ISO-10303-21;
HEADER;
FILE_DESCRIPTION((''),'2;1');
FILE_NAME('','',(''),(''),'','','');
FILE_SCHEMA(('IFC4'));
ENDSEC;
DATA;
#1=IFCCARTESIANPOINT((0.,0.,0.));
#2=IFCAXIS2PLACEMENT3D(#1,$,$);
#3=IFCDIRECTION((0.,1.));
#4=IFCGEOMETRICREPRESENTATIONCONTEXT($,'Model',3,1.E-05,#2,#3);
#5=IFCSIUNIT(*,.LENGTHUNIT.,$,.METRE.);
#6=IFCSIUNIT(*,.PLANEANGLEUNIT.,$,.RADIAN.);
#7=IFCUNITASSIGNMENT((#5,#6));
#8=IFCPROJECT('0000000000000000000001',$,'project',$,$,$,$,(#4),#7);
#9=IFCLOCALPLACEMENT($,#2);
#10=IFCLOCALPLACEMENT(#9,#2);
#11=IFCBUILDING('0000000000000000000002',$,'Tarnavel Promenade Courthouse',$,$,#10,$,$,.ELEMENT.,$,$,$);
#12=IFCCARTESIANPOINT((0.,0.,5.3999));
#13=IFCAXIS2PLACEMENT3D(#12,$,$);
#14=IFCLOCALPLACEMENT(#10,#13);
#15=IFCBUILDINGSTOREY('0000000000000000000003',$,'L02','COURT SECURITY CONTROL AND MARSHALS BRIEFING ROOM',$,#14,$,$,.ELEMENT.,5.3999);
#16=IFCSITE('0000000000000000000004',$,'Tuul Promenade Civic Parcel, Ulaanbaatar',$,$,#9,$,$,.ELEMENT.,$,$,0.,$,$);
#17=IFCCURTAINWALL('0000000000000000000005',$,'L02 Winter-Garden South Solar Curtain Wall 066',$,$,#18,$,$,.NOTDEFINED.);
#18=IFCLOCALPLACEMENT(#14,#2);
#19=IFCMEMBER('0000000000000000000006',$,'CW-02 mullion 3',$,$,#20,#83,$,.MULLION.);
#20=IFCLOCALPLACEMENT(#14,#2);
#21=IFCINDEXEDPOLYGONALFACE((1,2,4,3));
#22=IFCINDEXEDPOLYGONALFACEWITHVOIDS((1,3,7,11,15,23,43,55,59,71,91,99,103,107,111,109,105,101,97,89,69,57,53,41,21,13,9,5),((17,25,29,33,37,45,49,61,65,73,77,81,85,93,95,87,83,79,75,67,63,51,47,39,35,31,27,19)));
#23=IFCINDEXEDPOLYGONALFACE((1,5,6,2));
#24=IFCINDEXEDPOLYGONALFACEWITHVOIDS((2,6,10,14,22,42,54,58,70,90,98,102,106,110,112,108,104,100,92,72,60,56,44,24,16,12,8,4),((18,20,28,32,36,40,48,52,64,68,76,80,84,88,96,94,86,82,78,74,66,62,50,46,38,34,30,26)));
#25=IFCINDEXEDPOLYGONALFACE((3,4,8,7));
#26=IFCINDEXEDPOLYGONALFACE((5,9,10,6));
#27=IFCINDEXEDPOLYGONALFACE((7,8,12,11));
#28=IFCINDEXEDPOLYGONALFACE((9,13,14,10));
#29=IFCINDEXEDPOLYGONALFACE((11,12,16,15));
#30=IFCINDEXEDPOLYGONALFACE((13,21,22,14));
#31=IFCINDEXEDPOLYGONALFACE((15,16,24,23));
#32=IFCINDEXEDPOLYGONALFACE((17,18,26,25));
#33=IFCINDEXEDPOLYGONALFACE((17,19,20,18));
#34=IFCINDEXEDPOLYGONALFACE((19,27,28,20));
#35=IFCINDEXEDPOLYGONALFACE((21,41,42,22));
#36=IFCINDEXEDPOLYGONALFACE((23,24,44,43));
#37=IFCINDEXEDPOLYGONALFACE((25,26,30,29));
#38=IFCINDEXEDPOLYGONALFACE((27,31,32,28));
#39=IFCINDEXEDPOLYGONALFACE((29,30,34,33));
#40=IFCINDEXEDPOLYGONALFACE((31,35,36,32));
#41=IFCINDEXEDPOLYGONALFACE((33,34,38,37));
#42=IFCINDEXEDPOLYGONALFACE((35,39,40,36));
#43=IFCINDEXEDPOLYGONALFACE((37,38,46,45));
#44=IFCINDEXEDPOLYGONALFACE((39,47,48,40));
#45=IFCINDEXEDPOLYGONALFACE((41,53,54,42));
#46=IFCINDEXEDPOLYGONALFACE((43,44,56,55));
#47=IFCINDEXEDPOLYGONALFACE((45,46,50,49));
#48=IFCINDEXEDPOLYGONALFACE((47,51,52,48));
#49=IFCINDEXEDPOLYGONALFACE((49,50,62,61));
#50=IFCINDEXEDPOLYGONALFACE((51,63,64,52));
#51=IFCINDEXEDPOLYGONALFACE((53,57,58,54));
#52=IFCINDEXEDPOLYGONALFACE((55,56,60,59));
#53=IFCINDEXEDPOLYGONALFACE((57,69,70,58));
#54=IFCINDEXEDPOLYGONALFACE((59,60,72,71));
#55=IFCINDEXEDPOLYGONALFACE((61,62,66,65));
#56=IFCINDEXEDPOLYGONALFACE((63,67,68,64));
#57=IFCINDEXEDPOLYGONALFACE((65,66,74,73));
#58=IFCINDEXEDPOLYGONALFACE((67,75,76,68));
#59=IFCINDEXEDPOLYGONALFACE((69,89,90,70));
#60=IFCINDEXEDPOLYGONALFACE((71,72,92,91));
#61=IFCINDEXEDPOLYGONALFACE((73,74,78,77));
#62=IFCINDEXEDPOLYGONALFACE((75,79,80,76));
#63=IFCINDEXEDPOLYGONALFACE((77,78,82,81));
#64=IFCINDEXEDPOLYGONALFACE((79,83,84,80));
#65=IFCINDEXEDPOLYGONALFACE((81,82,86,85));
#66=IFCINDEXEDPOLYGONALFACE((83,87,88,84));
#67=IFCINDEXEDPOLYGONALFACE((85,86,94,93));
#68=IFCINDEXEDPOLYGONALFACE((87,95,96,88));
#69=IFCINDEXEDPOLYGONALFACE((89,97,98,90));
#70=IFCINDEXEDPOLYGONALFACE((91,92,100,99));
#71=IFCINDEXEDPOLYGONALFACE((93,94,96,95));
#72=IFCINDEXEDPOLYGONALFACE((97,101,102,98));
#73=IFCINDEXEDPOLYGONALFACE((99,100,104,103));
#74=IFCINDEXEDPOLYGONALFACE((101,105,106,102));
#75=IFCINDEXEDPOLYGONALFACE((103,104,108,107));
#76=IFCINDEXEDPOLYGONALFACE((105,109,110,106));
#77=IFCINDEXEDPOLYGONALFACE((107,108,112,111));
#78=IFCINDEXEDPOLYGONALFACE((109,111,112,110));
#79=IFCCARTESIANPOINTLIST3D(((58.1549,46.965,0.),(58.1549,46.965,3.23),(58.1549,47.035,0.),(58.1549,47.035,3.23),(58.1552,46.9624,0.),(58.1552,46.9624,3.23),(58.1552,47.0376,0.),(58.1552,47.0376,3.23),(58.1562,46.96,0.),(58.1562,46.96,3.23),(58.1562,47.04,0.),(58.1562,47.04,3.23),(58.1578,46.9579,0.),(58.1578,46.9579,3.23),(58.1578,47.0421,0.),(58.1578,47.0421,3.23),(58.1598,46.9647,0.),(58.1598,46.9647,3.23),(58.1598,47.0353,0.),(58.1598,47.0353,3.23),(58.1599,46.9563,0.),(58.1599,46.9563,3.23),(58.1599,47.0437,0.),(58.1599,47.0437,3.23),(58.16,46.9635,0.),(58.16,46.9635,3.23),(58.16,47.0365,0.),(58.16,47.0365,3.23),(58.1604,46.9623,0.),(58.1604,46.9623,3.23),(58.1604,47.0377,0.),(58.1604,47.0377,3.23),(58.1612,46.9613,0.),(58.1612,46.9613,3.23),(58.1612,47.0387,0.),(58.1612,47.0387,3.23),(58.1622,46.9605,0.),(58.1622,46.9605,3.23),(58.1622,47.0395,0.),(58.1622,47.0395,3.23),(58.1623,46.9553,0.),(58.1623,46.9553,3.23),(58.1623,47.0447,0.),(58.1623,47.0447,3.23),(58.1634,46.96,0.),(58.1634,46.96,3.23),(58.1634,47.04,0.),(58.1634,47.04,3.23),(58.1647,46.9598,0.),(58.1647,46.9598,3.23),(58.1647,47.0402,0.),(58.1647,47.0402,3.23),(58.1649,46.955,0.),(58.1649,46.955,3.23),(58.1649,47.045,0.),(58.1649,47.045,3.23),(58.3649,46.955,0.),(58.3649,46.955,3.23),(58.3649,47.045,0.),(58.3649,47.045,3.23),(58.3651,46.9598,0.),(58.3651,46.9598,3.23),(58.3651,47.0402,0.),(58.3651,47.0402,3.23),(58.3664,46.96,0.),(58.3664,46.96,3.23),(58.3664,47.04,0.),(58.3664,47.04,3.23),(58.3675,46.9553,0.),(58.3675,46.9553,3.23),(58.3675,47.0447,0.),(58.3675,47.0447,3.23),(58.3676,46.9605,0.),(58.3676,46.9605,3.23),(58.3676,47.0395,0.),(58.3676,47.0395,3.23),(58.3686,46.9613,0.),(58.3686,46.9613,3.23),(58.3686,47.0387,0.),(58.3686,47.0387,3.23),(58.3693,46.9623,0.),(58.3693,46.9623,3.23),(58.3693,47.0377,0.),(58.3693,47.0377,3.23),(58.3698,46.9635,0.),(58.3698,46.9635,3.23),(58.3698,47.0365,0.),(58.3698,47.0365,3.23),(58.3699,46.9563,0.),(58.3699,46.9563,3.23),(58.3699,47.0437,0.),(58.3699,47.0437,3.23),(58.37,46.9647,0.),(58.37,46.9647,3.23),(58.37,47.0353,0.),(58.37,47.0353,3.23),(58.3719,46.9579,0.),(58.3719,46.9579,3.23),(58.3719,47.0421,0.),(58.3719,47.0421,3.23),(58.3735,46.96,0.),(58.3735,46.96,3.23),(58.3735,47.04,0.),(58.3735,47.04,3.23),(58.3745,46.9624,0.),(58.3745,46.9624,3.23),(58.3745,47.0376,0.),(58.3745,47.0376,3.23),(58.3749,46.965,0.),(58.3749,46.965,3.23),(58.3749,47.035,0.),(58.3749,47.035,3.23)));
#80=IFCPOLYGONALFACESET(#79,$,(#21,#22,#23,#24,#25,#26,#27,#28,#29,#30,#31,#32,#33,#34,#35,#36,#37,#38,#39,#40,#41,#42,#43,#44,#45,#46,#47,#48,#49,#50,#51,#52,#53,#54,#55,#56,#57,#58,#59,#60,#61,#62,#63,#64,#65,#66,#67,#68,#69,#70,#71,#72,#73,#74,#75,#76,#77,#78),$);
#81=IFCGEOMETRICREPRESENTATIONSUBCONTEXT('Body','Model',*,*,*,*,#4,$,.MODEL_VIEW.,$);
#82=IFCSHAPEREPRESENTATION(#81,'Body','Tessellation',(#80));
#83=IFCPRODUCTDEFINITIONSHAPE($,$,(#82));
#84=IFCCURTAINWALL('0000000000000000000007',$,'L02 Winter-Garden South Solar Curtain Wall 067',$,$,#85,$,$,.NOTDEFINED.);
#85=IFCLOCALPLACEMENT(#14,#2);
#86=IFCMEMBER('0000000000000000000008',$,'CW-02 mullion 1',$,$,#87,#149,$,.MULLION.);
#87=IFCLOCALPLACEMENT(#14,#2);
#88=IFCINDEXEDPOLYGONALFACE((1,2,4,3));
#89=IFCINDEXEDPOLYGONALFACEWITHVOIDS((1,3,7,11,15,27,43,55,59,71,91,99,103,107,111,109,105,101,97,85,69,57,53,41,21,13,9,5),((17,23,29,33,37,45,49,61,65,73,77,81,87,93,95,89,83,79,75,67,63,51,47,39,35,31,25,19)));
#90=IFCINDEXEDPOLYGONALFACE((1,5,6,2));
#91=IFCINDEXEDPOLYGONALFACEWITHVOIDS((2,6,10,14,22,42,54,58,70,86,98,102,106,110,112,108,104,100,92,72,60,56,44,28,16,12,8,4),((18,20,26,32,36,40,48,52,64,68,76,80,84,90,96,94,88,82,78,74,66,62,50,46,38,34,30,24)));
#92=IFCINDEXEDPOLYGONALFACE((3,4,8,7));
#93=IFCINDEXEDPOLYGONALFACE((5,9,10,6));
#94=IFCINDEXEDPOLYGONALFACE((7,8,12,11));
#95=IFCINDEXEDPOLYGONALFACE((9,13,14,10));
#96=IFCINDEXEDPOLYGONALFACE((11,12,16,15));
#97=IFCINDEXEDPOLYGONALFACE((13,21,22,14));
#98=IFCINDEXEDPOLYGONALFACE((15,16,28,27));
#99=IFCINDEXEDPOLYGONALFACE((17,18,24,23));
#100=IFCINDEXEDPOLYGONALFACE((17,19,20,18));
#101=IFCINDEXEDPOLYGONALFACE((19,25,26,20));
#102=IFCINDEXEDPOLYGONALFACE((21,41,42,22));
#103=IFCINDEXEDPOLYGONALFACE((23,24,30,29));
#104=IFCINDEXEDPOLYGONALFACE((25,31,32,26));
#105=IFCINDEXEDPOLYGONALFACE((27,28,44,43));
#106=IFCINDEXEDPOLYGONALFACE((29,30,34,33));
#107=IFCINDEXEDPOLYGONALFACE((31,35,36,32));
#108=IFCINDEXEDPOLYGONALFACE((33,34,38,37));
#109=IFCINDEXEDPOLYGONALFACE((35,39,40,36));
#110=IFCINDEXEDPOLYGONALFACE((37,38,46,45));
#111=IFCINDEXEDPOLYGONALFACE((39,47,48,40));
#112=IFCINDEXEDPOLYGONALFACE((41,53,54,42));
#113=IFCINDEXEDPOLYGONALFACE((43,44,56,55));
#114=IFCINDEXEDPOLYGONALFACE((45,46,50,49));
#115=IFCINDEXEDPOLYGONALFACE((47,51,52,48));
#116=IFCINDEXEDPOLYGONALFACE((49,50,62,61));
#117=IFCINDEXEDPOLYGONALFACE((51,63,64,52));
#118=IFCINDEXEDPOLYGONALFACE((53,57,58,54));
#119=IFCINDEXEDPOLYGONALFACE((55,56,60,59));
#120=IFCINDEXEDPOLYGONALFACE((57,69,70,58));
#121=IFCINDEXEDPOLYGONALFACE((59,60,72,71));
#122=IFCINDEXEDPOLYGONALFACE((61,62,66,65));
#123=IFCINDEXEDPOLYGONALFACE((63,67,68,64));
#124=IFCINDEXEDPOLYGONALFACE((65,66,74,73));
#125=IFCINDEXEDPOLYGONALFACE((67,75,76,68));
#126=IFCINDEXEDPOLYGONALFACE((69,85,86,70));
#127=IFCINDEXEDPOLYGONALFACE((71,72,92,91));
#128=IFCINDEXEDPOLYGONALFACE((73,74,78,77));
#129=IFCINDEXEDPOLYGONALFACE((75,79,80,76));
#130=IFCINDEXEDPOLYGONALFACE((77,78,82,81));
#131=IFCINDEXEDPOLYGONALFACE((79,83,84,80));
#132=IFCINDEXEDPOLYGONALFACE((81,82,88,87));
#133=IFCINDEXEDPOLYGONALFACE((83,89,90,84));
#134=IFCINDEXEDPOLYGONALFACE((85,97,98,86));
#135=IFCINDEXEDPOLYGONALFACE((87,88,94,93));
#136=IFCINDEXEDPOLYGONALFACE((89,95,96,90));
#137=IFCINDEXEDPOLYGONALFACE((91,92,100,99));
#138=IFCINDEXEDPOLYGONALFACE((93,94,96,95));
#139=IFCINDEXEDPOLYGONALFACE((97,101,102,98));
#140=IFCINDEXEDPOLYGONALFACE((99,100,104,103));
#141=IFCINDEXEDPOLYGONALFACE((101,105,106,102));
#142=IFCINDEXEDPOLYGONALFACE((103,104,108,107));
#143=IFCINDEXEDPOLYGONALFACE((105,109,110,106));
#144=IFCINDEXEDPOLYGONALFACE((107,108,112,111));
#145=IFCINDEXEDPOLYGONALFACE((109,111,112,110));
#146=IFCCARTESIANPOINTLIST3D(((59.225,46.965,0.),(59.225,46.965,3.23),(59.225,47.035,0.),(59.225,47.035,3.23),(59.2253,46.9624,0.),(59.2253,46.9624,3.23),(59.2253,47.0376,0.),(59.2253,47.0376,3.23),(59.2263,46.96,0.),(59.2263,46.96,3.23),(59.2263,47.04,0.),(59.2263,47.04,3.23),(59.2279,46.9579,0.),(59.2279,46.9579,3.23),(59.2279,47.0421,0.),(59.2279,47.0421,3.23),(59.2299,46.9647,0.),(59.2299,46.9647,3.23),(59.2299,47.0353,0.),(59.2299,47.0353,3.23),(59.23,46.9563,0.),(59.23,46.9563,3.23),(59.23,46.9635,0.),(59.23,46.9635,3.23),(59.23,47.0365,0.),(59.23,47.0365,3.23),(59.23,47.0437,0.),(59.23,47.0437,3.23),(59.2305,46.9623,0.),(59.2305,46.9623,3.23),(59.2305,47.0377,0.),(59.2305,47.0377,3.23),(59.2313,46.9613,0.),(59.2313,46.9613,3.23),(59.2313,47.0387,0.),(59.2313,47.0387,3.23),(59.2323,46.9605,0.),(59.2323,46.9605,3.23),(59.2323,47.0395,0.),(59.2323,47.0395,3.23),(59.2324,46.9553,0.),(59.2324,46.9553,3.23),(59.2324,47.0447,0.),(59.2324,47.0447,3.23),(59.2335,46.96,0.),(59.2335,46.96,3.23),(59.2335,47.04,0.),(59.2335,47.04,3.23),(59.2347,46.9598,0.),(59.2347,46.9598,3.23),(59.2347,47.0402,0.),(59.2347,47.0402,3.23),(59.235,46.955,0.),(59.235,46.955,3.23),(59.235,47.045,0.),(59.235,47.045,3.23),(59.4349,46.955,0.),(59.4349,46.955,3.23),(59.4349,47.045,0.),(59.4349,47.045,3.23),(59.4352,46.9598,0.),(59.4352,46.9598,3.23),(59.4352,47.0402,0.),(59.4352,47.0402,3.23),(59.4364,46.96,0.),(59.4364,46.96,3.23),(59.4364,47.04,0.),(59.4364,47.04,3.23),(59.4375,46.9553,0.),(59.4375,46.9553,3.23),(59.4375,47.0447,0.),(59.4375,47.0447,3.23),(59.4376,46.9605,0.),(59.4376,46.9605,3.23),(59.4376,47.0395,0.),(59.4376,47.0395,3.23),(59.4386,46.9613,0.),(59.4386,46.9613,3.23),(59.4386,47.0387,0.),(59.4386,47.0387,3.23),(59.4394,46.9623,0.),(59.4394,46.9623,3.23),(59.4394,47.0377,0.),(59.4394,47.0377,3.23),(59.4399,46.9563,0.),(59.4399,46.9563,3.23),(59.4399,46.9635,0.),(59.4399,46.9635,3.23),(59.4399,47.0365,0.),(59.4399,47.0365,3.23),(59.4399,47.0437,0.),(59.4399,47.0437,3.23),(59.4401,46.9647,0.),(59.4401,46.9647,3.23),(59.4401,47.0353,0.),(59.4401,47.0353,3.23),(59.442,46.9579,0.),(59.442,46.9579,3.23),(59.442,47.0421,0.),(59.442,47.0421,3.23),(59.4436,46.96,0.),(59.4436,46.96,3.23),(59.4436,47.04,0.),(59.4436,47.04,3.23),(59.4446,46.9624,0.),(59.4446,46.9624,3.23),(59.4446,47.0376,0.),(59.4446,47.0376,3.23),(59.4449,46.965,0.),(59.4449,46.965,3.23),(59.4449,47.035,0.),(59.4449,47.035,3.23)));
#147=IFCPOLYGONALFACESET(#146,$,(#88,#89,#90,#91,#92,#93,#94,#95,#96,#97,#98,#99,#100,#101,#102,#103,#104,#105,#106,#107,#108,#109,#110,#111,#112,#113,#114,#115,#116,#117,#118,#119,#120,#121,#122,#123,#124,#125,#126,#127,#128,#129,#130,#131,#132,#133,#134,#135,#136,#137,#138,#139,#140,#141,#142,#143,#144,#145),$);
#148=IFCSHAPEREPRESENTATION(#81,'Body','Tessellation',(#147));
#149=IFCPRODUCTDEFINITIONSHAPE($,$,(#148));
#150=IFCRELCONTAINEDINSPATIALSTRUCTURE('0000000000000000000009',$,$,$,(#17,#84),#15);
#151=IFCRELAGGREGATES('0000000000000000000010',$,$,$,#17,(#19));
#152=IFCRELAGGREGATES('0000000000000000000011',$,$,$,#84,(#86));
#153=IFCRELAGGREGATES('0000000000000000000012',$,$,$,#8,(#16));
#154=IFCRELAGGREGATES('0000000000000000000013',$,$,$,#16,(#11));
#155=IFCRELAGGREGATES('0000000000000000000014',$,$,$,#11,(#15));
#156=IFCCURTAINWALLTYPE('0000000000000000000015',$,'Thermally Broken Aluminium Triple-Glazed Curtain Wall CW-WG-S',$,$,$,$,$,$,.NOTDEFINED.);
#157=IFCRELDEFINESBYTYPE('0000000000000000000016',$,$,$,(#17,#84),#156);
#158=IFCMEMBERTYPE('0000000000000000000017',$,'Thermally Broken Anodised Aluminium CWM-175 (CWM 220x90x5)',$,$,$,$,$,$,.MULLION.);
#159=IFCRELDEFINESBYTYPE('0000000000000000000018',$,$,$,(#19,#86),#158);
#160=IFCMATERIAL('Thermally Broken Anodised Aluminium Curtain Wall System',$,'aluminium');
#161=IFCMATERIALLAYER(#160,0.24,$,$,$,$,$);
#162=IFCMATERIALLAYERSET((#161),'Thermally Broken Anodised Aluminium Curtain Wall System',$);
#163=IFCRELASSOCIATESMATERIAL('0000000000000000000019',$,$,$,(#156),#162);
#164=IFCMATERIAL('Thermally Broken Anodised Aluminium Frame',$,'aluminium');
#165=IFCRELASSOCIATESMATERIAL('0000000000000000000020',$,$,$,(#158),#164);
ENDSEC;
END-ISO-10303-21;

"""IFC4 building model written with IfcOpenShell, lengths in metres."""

from ifc_helpers import new_model, si_unit, direction, frame, origin, origin_2d, place, context, subcontext, project, spatial, hollow_rectangle, extrude, material, layer, layer_set, material_profile, profile_set, type_object, element, aggregate, save


model = new_model("IFC4")

# Units and contexts
model_context = context("Model", 3, precision=1e-05, world=origin(), true_north=direction((0.0, 1.0)))
body_context = subcontext(model_context, "Body", "Model", "MODEL_VIEW")
ifc_project = project(units=[si_unit("LENGTHUNIT", "METRE"), si_unit("PLANEANGLEUNIT", "RADIAN")], contexts=[model_context])

# Site, building, storey
site_placement = place(None, origin())
site = spatial("IfcSite", under=ifc_project, at=site_placement, Name="Tuul Promenade Civic Parcel, Ulaanbaatar", CompositionType="ELEMENT", RefElevation=0.0)
building_placement = place(site_placement, origin())
building = spatial("IfcBuilding", under=site, at=building_placement, Name="Tarnavel Promenade Courthouse", CompositionType="ELEMENT")
storey_placement = place(building_placement, frame((0.0, 0.0, 5.3999)))
storey = spatial("IfcBuildingStorey", under=building, at=storey_placement, Name="L02", Description="COURT SECURITY CONTROL AND MARSHALS BRIEFING ROOM", CompositionType="ELEMENT", Elevation=5.3999)

# Curtain walls, members
ifc_material_1 = material(Name="Thermally Broken Anodised Aluminium Curtain Wall System", Category="aluminium")
ifc_layer_1 = layer(ifc_material_1, 0.24)
ifc_layer_set_1 = layer_set([ifc_layer_1], Name="Thermally Broken Anodised Aluminium Curtain Wall System")
curtain_wall_type = type_object("IfcCurtainWallType", Name="Thermally Broken Aluminium Triple-Glazed Curtain Wall CW-WG-S", PredefinedType="NOTDEFINED", material=ifc_layer_set_1)
ifc_material_2 = material(Name="Thermally Broken Anodised Aluminium Frame", Category="aluminium")
ifc_material_profile_1 = material_profile(ifc_material_2, hollow_rectangle(XDim=0.0901, YDim=0.22, WallThickness=0.0049, InnerFilletRadius=0.0049, OuterFilletRadius=0.01, at=origin_2d()), Name="CWM 220x90x5")
ifc_profile_set_1 = profile_set([ifc_material_profile_1], Name="Thermally Broken Anodised Aluminium Frame")
member_type_1 = type_object("IfcMemberType", Name="Thermally Broken Anodised Aluminium CWM-175 (CWM 220x90x5)", PredefinedType="MULLION", material=ifc_profile_set_1)
curtain_wall_1_placement = place(storey_placement, origin())
curtain_wall_1 = element("IfcCurtainWall", 1, at=curtain_wall_1_placement, inside=storey, type_object=curtain_wall_type, Name="L02 Winter-Garden South Solar Curtain Wall 066", PredefinedType="NOTDEFINED")
member_1_placement = place(storey_placement, frame((58.2649, 47.0, 0.0), z_axis=(0.0, 0.0, 1.0), x_axis=(0.0, 1.0, 0.0)))
member_1 = element("IfcMember", 2, at=member_1_placement, type_object=member_type_1, Name="CW-02 mullion 3", PredefinedType="MULLION", context=body_context, shape_type="SweptSolid", body=[
    extrude(hollow_rectangle(XDim=0.0901, YDim=0.22, WallThickness=0.0049, InnerFilletRadius=0.0049, OuterFilletRadius=0.01, at=origin_2d()), origin(), (0.0, 0.0, 1.0), 3.23),
])
curtain_wall_2_placement = place(storey_placement, origin())
curtain_wall_2 = element("IfcCurtainWall", 3, at=curtain_wall_2_placement, inside=storey, type_object=curtain_wall_type, Name="L02 Winter-Garden South Solar Curtain Wall 067", PredefinedType="NOTDEFINED")
member_2_placement = place(storey_placement, frame((59.335, 47.0, 0.0), z_axis=(0.0, 0.0, 1.0), x_axis=(0.0, 1.0, 0.0)))
member_2 = element("IfcMember", 4, at=member_2_placement, type_object=member_type_1, Name="CW-02 mullion 1", PredefinedType="MULLION", context=body_context, shape_type="SweptSolid", body=[
    extrude(hollow_rectangle(XDim=0.0901, YDim=0.22, WallThickness=0.0049, InnerFilletRadius=0.0049, OuterFilletRadius=0.01, at=origin_2d()), origin(), (0.0, 0.0, 1.0), 3.23),
])

aggregate(curtain_wall_1, [member_1])
aggregate(curtain_wall_2, [member_2])

save(model, "model.ifc")
